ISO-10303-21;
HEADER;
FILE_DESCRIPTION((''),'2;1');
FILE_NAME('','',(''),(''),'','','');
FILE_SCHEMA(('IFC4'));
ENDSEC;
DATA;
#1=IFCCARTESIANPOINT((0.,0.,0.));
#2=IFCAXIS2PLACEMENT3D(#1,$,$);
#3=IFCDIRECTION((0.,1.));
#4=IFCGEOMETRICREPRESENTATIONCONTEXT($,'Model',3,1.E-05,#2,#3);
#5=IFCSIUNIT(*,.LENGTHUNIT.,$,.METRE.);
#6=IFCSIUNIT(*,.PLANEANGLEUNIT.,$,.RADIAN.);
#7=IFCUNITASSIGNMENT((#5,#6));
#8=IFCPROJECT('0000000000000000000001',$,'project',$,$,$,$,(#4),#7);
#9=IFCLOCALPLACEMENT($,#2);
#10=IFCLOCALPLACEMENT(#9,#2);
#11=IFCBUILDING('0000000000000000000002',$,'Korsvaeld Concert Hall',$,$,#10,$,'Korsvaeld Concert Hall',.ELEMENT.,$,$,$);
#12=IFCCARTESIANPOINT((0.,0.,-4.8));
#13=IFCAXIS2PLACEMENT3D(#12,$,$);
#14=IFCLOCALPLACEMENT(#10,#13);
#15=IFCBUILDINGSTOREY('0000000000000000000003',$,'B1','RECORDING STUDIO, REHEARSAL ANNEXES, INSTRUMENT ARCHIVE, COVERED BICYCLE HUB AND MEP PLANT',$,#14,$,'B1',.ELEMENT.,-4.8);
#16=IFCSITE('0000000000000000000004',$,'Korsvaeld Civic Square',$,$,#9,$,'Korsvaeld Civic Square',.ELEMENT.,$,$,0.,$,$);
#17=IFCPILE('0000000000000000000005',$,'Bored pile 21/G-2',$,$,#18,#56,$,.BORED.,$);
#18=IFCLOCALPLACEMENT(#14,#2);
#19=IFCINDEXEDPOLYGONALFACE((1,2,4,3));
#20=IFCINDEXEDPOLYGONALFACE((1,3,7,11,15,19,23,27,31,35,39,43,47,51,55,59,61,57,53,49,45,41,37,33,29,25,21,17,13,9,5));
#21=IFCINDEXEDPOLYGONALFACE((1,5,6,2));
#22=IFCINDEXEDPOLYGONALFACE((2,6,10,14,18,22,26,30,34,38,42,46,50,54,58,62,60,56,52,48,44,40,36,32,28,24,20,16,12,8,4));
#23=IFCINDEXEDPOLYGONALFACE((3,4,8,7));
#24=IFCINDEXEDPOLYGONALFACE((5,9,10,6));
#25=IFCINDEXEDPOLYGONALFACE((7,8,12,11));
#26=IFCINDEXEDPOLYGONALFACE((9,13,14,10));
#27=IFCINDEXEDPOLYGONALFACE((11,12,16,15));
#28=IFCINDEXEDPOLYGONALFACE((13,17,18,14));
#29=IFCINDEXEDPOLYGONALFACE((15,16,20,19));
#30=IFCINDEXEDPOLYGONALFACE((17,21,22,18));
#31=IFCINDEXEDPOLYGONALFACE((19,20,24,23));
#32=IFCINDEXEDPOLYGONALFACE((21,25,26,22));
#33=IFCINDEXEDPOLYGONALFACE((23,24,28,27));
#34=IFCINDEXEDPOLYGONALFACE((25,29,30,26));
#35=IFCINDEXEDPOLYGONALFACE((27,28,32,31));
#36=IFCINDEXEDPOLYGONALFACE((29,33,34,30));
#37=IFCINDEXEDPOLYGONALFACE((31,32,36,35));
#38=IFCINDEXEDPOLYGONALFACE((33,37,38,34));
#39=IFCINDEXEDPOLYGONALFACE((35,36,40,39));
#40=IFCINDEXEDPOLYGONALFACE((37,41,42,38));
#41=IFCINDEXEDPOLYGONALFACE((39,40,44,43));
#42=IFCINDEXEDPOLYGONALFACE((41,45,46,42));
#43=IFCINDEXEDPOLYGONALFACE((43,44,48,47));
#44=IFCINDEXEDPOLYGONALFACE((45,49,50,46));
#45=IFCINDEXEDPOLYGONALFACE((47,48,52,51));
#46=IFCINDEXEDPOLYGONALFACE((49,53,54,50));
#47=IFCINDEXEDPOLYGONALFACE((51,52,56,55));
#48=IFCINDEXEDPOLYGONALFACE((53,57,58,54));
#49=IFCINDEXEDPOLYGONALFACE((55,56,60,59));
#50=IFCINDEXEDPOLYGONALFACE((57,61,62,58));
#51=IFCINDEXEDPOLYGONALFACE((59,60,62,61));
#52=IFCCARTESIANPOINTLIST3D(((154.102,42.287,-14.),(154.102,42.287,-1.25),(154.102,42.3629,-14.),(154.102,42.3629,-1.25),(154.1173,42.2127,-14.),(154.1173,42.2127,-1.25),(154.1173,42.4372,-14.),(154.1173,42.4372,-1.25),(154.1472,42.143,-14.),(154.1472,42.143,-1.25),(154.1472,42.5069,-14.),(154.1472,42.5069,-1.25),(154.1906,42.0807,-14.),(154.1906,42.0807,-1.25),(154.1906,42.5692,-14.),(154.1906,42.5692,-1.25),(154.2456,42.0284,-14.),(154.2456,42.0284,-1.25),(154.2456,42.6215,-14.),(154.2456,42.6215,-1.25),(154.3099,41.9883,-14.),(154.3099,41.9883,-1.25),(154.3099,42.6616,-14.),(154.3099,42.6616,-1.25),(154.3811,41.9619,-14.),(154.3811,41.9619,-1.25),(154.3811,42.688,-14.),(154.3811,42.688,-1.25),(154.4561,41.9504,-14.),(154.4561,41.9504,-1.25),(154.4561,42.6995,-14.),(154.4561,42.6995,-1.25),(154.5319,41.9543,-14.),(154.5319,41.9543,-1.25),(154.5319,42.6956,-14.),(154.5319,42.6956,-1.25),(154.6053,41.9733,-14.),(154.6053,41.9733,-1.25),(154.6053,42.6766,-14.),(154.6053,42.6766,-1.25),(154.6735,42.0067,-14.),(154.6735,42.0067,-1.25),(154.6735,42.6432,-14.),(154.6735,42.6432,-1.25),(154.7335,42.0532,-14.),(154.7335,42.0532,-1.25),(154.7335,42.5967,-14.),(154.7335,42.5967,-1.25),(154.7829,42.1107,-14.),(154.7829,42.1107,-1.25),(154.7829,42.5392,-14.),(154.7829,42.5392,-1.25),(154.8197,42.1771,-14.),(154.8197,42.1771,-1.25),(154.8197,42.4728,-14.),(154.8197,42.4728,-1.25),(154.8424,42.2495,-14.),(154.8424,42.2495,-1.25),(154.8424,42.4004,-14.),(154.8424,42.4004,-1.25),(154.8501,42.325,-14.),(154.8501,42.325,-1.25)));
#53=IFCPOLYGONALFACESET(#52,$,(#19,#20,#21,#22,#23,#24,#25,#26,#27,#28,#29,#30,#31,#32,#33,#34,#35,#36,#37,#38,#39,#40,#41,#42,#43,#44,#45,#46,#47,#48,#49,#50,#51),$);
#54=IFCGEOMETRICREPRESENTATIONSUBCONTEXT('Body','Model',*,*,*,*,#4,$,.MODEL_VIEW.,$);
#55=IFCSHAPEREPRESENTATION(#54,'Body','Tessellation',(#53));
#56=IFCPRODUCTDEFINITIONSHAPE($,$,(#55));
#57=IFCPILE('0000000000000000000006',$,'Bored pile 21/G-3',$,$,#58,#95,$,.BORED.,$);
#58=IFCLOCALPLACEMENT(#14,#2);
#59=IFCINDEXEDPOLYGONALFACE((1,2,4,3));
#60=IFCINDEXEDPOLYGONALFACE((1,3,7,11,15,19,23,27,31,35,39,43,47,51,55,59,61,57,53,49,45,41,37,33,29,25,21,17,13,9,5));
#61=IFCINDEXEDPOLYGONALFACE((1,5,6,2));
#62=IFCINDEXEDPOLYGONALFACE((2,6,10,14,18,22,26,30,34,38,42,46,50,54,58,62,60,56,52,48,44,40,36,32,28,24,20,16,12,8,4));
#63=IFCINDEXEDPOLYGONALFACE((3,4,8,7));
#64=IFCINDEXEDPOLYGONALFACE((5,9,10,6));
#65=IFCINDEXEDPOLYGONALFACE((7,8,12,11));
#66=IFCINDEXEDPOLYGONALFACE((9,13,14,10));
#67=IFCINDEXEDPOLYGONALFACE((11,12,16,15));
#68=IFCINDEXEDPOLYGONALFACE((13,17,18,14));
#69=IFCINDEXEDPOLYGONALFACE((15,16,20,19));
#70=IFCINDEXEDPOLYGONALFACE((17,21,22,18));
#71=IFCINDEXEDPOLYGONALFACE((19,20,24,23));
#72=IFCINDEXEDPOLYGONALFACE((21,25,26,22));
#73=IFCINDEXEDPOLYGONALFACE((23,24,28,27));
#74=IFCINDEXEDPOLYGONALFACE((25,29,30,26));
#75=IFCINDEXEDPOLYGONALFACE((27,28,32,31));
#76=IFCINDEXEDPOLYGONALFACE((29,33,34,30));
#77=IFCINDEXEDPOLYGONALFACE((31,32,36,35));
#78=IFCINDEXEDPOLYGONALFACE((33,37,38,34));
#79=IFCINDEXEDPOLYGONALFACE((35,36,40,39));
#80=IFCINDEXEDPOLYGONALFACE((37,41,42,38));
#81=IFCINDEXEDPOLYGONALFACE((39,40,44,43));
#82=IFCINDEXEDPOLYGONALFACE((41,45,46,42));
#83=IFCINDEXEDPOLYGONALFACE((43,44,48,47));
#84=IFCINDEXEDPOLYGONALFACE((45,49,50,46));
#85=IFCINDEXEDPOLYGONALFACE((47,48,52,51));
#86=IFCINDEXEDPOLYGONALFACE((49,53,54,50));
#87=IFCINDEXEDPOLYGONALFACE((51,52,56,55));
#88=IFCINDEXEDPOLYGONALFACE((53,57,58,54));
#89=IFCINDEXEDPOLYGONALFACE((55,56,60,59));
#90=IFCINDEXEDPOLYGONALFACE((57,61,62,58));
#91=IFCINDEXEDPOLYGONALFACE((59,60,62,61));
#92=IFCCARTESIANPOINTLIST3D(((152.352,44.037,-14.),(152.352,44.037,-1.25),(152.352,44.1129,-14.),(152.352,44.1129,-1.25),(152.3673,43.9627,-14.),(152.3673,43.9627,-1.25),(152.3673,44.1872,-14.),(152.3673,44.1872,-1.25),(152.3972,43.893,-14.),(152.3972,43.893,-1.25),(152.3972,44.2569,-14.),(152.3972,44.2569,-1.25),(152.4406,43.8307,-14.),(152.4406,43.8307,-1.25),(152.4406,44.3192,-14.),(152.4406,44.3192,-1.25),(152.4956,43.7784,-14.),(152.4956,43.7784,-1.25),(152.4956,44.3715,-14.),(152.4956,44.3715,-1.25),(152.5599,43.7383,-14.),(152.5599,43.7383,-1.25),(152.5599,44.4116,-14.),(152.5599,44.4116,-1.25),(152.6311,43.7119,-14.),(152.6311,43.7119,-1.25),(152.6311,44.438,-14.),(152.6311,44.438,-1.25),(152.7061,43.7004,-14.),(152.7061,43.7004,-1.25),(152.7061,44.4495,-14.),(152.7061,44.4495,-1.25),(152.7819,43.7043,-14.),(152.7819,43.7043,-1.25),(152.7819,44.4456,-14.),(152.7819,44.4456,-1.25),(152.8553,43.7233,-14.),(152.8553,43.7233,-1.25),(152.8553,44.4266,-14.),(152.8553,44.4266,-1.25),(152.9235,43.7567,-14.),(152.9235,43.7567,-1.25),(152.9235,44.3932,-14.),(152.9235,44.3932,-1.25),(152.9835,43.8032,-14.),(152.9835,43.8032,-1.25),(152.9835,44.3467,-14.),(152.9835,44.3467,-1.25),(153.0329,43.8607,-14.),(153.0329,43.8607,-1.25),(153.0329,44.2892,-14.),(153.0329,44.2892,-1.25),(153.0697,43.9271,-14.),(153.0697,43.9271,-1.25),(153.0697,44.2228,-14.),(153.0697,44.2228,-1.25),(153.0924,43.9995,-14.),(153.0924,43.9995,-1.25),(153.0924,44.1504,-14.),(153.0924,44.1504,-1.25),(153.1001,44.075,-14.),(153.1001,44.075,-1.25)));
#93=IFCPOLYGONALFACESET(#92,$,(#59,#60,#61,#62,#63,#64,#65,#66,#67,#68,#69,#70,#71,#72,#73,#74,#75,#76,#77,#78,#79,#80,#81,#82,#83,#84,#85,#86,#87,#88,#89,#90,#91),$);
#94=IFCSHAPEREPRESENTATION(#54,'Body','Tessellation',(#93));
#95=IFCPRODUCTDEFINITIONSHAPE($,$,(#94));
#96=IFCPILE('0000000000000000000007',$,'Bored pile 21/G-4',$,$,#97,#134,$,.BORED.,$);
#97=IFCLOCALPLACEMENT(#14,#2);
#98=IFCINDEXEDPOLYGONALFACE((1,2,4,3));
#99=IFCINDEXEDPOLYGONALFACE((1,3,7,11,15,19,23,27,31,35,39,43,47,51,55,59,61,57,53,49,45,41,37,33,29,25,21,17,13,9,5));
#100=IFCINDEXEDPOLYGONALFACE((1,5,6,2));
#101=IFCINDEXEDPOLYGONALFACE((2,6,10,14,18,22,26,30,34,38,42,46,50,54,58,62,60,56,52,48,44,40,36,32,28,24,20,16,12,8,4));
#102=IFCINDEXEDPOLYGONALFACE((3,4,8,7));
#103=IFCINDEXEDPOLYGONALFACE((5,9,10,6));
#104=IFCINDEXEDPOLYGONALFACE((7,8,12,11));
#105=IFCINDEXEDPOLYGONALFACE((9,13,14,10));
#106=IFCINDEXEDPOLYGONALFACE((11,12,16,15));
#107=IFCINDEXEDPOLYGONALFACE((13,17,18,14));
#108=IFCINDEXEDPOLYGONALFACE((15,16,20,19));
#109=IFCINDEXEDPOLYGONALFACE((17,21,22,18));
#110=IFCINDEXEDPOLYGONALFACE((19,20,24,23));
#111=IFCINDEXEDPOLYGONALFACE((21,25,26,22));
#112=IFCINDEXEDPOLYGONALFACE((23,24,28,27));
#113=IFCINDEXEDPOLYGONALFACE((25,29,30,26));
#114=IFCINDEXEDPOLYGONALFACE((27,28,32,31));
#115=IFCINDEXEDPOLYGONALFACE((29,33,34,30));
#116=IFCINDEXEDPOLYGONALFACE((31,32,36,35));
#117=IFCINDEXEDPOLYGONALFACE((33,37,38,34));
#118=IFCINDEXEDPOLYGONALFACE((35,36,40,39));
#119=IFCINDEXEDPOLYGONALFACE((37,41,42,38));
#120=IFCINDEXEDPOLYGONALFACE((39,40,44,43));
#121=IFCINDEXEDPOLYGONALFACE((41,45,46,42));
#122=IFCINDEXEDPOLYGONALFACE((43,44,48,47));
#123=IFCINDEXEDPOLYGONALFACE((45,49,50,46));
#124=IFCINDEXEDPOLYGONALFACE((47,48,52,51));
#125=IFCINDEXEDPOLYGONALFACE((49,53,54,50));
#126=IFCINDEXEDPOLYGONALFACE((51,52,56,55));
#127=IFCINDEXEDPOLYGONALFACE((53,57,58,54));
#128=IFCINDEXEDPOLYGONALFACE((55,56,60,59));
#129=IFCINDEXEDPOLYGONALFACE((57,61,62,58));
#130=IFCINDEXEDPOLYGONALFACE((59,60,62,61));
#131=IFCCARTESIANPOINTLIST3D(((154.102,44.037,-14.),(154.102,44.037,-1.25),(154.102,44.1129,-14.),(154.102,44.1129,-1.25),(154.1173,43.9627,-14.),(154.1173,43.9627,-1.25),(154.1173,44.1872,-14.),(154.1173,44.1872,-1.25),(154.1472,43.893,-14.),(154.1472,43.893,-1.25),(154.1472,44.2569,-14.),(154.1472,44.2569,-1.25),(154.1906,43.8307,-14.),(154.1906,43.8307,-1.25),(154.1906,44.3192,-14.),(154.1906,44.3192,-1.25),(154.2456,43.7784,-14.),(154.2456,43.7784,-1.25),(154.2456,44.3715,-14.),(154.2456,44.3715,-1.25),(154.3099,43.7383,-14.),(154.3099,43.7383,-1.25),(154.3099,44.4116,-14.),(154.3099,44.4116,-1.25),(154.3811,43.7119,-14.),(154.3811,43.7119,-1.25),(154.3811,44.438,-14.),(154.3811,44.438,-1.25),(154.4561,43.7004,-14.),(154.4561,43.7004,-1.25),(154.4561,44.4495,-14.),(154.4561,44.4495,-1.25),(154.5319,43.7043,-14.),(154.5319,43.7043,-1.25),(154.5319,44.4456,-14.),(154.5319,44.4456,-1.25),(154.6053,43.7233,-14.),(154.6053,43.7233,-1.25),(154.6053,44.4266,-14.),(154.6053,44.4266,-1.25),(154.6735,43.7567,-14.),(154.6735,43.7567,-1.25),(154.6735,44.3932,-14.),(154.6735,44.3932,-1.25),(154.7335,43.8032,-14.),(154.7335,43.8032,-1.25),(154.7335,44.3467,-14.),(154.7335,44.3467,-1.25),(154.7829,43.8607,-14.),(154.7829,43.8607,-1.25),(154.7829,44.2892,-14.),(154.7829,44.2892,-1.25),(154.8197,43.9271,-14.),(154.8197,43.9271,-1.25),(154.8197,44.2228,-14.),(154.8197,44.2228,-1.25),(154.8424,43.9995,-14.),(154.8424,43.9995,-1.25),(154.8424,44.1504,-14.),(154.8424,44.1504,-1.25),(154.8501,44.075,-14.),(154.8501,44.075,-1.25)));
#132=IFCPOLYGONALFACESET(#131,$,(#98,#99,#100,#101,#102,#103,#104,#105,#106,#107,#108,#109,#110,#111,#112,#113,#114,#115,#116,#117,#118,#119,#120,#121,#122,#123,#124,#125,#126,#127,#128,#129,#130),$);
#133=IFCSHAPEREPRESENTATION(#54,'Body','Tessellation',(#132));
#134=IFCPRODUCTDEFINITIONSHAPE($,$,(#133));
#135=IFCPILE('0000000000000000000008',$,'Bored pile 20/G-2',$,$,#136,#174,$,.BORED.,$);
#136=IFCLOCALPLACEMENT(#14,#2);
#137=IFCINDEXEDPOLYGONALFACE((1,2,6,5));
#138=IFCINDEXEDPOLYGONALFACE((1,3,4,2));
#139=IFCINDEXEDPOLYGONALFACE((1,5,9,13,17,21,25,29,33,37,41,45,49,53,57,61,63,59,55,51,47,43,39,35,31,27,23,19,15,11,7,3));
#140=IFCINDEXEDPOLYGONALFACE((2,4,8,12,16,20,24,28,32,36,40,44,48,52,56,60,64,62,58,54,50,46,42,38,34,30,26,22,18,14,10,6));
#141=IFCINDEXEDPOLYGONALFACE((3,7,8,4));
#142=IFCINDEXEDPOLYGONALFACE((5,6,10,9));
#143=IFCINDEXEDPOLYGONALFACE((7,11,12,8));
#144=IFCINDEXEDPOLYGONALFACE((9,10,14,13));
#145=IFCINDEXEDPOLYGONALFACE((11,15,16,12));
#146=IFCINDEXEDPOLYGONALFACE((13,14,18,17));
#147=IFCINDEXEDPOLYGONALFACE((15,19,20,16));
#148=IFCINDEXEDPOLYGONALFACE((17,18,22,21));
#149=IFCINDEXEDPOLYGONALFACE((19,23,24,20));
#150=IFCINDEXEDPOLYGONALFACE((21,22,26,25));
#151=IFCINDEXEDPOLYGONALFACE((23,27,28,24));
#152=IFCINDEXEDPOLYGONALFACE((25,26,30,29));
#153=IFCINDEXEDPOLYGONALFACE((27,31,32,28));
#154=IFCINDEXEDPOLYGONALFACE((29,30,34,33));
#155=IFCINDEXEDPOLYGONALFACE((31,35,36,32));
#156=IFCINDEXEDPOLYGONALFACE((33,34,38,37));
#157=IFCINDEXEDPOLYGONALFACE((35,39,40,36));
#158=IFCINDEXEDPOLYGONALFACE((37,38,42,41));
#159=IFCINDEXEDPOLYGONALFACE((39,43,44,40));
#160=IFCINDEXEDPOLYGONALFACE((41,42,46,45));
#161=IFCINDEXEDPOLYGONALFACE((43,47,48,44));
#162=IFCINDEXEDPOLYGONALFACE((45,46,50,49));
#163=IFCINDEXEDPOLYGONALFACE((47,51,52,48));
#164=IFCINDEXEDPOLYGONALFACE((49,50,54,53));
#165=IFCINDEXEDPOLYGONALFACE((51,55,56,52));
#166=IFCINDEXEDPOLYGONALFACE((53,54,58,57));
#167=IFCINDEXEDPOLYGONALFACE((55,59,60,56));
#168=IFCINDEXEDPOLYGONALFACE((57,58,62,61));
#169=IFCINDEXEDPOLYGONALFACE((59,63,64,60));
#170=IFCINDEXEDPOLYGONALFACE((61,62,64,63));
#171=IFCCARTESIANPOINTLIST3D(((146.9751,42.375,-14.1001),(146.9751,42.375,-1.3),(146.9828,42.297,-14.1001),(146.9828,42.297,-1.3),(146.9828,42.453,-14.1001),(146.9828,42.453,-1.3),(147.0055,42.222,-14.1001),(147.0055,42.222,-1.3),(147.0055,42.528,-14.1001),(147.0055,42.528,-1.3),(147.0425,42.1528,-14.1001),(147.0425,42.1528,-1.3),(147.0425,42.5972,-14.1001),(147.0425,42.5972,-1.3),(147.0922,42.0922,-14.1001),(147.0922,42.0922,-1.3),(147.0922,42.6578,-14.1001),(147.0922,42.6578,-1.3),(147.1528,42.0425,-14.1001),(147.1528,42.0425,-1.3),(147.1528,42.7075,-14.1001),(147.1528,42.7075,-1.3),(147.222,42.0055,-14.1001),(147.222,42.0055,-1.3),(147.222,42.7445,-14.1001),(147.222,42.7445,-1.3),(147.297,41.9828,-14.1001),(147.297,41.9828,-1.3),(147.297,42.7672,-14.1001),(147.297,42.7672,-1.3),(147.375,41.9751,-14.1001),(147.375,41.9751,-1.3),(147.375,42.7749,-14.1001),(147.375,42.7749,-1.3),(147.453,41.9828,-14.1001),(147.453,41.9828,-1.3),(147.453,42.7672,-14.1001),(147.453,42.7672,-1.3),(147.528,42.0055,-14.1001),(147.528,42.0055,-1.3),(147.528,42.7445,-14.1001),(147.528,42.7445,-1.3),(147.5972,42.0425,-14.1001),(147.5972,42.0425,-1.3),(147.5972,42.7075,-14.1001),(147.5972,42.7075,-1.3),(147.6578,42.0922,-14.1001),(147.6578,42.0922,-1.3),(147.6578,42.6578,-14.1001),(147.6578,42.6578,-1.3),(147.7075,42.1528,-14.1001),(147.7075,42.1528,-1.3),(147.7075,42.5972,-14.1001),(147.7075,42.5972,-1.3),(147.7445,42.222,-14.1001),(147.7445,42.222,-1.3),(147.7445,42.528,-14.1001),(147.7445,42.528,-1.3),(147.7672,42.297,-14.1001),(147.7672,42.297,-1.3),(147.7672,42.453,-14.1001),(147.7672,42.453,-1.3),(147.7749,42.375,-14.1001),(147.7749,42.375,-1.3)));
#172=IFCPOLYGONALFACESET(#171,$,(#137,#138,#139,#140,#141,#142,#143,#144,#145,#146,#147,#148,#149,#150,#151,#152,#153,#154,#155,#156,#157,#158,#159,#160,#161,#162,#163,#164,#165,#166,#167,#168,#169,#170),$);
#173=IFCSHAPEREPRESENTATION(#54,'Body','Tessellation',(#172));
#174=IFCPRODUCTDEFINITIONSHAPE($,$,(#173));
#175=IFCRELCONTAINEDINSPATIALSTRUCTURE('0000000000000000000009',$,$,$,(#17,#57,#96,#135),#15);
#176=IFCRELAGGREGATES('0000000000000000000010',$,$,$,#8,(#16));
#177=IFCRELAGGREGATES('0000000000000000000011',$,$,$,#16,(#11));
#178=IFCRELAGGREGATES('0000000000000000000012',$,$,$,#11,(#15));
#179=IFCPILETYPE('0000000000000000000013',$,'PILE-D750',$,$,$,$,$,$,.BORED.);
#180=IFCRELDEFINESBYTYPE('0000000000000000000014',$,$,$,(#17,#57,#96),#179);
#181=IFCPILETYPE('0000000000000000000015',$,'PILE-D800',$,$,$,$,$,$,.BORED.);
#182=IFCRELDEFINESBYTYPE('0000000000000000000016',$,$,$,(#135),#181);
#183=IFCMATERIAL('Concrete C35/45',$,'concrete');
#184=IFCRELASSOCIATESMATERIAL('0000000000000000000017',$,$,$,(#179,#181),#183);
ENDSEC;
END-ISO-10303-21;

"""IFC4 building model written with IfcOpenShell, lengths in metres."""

from ifc_helpers import new_model, si_unit, direction, frame, origin, origin_2d, place, context, subcontext, project, spatial, circle, extrude, material, material_profile, profile_set, type_object, element, save


model = new_model("IFC4")

# Units and contexts
model_context = context("Model", 3, precision=1e-05, world=origin(), true_north=direction((0.0, 1.0)))
body_context = subcontext(model_context, "Body", "Model", "MODEL_VIEW")
ifc_project = project(units=[si_unit("LENGTHUNIT", "METRE"), si_unit("PLANEANGLEUNIT", "RADIAN")], contexts=[model_context])

# Site, building, storey
site_placement = place(None, origin())
site = spatial("IfcSite", under=ifc_project, at=site_placement, Name="Korsvaeld Civic Square", LongName="Korsvaeld Civic Square", CompositionType="ELEMENT", RefElevation=0.0)
building_placement = place(site_placement, origin())
building = spatial("IfcBuilding", under=site, at=building_placement, Name="Korsvaeld Concert Hall", LongName="Korsvaeld Concert Hall", CompositionType="ELEMENT")
storey_placement = place(building_placement, frame((0.0, 0.0, -4.8)))
storey = spatial("IfcBuildingStorey", under=building, at=storey_placement, Name="B1", Description="RECORDING STUDIO, REHEARSAL ANNEXES, INSTRUMENT ARCHIVE, COVERED BICYCLE HUB AND MEP PLANT", LongName="B1", CompositionType="ELEMENT", Elevation=-4.8)

# Shared definitions
ifc_material_1 = material(Name="Concrete C35/45", Category="concrete")

# Piles
ifc_material_profile_1 = material_profile(ifc_material_1, circle(Radius=0.375, at=origin_2d()), Name="BORED PILE D750")
ifc_profile_set_1 = profile_set([ifc_material_profile_1], Name="Concrete C35/45")
pile_type_1 = type_object("IfcPileType", Name="PILE-D750", PredefinedType="BORED", material=ifc_profile_set_1)
for number, where, z_axis, x_axis, name in (
    (1, (154.4751, 42.325, -1.25), (0.0, 0.0, -1.0), (1.0, 0.0, 0.0), "Bored pile 21/G-2"),
    (2, (152.7251, 44.075, -1.25), (0.0, 0.0, -1.0), (1.0, 0.0, 0.0), "Bored pile 21/G-3"),
    (3, (154.4751, 44.075, -1.25), (0.0, 0.0, -1.0), (1.0, 0.0, 0.0), "Bored pile 21/G-4"),
):
    element("IfcPile", number, at=place(storey_placement, frame(where, z_axis=z_axis, x_axis=x_axis)), inside=storey, type_object=pile_type_1, Name=name, PredefinedType="BORED", context=body_context, shape_type="SweptSolid", body=[
        extrude(circle(Radius=0.375, at=origin_2d()), origin(), (0.0, 0.0, 1.0), 12.75),
    ])
ifc_material_profile_2 = material_profile(ifc_material_1, circle(Radius=0.3999, at=origin_2d()), Name="BORED PILE D800")
ifc_profile_set_2 = profile_set([ifc_material_profile_2], Name="Concrete C35/45")
pile_type_2 = type_object("IfcPileType", Name="PILE-D800", PredefinedType="BORED", material=ifc_profile_set_2)
for number, where, z_axis, x_axis, name in (
    (4, (147.375, 42.375, -1.3), (0.0, 0.0, -1.0), (1.0, 0.0, 0.0), "Bored pile 20/G-2"),
):
    element("IfcPile", number, at=place(storey_placement, frame(where, z_axis=z_axis, x_axis=x_axis)), inside=storey, type_object=pile_type_2, Name=name, PredefinedType="BORED", context=body_context, shape_type="SweptSolid", body=[
        extrude(circle(Radius=0.3999, at=origin_2d()), origin(), (0.0, 0.0, 1.0), 12.8),
    ])

save(model, "model.ifc")
